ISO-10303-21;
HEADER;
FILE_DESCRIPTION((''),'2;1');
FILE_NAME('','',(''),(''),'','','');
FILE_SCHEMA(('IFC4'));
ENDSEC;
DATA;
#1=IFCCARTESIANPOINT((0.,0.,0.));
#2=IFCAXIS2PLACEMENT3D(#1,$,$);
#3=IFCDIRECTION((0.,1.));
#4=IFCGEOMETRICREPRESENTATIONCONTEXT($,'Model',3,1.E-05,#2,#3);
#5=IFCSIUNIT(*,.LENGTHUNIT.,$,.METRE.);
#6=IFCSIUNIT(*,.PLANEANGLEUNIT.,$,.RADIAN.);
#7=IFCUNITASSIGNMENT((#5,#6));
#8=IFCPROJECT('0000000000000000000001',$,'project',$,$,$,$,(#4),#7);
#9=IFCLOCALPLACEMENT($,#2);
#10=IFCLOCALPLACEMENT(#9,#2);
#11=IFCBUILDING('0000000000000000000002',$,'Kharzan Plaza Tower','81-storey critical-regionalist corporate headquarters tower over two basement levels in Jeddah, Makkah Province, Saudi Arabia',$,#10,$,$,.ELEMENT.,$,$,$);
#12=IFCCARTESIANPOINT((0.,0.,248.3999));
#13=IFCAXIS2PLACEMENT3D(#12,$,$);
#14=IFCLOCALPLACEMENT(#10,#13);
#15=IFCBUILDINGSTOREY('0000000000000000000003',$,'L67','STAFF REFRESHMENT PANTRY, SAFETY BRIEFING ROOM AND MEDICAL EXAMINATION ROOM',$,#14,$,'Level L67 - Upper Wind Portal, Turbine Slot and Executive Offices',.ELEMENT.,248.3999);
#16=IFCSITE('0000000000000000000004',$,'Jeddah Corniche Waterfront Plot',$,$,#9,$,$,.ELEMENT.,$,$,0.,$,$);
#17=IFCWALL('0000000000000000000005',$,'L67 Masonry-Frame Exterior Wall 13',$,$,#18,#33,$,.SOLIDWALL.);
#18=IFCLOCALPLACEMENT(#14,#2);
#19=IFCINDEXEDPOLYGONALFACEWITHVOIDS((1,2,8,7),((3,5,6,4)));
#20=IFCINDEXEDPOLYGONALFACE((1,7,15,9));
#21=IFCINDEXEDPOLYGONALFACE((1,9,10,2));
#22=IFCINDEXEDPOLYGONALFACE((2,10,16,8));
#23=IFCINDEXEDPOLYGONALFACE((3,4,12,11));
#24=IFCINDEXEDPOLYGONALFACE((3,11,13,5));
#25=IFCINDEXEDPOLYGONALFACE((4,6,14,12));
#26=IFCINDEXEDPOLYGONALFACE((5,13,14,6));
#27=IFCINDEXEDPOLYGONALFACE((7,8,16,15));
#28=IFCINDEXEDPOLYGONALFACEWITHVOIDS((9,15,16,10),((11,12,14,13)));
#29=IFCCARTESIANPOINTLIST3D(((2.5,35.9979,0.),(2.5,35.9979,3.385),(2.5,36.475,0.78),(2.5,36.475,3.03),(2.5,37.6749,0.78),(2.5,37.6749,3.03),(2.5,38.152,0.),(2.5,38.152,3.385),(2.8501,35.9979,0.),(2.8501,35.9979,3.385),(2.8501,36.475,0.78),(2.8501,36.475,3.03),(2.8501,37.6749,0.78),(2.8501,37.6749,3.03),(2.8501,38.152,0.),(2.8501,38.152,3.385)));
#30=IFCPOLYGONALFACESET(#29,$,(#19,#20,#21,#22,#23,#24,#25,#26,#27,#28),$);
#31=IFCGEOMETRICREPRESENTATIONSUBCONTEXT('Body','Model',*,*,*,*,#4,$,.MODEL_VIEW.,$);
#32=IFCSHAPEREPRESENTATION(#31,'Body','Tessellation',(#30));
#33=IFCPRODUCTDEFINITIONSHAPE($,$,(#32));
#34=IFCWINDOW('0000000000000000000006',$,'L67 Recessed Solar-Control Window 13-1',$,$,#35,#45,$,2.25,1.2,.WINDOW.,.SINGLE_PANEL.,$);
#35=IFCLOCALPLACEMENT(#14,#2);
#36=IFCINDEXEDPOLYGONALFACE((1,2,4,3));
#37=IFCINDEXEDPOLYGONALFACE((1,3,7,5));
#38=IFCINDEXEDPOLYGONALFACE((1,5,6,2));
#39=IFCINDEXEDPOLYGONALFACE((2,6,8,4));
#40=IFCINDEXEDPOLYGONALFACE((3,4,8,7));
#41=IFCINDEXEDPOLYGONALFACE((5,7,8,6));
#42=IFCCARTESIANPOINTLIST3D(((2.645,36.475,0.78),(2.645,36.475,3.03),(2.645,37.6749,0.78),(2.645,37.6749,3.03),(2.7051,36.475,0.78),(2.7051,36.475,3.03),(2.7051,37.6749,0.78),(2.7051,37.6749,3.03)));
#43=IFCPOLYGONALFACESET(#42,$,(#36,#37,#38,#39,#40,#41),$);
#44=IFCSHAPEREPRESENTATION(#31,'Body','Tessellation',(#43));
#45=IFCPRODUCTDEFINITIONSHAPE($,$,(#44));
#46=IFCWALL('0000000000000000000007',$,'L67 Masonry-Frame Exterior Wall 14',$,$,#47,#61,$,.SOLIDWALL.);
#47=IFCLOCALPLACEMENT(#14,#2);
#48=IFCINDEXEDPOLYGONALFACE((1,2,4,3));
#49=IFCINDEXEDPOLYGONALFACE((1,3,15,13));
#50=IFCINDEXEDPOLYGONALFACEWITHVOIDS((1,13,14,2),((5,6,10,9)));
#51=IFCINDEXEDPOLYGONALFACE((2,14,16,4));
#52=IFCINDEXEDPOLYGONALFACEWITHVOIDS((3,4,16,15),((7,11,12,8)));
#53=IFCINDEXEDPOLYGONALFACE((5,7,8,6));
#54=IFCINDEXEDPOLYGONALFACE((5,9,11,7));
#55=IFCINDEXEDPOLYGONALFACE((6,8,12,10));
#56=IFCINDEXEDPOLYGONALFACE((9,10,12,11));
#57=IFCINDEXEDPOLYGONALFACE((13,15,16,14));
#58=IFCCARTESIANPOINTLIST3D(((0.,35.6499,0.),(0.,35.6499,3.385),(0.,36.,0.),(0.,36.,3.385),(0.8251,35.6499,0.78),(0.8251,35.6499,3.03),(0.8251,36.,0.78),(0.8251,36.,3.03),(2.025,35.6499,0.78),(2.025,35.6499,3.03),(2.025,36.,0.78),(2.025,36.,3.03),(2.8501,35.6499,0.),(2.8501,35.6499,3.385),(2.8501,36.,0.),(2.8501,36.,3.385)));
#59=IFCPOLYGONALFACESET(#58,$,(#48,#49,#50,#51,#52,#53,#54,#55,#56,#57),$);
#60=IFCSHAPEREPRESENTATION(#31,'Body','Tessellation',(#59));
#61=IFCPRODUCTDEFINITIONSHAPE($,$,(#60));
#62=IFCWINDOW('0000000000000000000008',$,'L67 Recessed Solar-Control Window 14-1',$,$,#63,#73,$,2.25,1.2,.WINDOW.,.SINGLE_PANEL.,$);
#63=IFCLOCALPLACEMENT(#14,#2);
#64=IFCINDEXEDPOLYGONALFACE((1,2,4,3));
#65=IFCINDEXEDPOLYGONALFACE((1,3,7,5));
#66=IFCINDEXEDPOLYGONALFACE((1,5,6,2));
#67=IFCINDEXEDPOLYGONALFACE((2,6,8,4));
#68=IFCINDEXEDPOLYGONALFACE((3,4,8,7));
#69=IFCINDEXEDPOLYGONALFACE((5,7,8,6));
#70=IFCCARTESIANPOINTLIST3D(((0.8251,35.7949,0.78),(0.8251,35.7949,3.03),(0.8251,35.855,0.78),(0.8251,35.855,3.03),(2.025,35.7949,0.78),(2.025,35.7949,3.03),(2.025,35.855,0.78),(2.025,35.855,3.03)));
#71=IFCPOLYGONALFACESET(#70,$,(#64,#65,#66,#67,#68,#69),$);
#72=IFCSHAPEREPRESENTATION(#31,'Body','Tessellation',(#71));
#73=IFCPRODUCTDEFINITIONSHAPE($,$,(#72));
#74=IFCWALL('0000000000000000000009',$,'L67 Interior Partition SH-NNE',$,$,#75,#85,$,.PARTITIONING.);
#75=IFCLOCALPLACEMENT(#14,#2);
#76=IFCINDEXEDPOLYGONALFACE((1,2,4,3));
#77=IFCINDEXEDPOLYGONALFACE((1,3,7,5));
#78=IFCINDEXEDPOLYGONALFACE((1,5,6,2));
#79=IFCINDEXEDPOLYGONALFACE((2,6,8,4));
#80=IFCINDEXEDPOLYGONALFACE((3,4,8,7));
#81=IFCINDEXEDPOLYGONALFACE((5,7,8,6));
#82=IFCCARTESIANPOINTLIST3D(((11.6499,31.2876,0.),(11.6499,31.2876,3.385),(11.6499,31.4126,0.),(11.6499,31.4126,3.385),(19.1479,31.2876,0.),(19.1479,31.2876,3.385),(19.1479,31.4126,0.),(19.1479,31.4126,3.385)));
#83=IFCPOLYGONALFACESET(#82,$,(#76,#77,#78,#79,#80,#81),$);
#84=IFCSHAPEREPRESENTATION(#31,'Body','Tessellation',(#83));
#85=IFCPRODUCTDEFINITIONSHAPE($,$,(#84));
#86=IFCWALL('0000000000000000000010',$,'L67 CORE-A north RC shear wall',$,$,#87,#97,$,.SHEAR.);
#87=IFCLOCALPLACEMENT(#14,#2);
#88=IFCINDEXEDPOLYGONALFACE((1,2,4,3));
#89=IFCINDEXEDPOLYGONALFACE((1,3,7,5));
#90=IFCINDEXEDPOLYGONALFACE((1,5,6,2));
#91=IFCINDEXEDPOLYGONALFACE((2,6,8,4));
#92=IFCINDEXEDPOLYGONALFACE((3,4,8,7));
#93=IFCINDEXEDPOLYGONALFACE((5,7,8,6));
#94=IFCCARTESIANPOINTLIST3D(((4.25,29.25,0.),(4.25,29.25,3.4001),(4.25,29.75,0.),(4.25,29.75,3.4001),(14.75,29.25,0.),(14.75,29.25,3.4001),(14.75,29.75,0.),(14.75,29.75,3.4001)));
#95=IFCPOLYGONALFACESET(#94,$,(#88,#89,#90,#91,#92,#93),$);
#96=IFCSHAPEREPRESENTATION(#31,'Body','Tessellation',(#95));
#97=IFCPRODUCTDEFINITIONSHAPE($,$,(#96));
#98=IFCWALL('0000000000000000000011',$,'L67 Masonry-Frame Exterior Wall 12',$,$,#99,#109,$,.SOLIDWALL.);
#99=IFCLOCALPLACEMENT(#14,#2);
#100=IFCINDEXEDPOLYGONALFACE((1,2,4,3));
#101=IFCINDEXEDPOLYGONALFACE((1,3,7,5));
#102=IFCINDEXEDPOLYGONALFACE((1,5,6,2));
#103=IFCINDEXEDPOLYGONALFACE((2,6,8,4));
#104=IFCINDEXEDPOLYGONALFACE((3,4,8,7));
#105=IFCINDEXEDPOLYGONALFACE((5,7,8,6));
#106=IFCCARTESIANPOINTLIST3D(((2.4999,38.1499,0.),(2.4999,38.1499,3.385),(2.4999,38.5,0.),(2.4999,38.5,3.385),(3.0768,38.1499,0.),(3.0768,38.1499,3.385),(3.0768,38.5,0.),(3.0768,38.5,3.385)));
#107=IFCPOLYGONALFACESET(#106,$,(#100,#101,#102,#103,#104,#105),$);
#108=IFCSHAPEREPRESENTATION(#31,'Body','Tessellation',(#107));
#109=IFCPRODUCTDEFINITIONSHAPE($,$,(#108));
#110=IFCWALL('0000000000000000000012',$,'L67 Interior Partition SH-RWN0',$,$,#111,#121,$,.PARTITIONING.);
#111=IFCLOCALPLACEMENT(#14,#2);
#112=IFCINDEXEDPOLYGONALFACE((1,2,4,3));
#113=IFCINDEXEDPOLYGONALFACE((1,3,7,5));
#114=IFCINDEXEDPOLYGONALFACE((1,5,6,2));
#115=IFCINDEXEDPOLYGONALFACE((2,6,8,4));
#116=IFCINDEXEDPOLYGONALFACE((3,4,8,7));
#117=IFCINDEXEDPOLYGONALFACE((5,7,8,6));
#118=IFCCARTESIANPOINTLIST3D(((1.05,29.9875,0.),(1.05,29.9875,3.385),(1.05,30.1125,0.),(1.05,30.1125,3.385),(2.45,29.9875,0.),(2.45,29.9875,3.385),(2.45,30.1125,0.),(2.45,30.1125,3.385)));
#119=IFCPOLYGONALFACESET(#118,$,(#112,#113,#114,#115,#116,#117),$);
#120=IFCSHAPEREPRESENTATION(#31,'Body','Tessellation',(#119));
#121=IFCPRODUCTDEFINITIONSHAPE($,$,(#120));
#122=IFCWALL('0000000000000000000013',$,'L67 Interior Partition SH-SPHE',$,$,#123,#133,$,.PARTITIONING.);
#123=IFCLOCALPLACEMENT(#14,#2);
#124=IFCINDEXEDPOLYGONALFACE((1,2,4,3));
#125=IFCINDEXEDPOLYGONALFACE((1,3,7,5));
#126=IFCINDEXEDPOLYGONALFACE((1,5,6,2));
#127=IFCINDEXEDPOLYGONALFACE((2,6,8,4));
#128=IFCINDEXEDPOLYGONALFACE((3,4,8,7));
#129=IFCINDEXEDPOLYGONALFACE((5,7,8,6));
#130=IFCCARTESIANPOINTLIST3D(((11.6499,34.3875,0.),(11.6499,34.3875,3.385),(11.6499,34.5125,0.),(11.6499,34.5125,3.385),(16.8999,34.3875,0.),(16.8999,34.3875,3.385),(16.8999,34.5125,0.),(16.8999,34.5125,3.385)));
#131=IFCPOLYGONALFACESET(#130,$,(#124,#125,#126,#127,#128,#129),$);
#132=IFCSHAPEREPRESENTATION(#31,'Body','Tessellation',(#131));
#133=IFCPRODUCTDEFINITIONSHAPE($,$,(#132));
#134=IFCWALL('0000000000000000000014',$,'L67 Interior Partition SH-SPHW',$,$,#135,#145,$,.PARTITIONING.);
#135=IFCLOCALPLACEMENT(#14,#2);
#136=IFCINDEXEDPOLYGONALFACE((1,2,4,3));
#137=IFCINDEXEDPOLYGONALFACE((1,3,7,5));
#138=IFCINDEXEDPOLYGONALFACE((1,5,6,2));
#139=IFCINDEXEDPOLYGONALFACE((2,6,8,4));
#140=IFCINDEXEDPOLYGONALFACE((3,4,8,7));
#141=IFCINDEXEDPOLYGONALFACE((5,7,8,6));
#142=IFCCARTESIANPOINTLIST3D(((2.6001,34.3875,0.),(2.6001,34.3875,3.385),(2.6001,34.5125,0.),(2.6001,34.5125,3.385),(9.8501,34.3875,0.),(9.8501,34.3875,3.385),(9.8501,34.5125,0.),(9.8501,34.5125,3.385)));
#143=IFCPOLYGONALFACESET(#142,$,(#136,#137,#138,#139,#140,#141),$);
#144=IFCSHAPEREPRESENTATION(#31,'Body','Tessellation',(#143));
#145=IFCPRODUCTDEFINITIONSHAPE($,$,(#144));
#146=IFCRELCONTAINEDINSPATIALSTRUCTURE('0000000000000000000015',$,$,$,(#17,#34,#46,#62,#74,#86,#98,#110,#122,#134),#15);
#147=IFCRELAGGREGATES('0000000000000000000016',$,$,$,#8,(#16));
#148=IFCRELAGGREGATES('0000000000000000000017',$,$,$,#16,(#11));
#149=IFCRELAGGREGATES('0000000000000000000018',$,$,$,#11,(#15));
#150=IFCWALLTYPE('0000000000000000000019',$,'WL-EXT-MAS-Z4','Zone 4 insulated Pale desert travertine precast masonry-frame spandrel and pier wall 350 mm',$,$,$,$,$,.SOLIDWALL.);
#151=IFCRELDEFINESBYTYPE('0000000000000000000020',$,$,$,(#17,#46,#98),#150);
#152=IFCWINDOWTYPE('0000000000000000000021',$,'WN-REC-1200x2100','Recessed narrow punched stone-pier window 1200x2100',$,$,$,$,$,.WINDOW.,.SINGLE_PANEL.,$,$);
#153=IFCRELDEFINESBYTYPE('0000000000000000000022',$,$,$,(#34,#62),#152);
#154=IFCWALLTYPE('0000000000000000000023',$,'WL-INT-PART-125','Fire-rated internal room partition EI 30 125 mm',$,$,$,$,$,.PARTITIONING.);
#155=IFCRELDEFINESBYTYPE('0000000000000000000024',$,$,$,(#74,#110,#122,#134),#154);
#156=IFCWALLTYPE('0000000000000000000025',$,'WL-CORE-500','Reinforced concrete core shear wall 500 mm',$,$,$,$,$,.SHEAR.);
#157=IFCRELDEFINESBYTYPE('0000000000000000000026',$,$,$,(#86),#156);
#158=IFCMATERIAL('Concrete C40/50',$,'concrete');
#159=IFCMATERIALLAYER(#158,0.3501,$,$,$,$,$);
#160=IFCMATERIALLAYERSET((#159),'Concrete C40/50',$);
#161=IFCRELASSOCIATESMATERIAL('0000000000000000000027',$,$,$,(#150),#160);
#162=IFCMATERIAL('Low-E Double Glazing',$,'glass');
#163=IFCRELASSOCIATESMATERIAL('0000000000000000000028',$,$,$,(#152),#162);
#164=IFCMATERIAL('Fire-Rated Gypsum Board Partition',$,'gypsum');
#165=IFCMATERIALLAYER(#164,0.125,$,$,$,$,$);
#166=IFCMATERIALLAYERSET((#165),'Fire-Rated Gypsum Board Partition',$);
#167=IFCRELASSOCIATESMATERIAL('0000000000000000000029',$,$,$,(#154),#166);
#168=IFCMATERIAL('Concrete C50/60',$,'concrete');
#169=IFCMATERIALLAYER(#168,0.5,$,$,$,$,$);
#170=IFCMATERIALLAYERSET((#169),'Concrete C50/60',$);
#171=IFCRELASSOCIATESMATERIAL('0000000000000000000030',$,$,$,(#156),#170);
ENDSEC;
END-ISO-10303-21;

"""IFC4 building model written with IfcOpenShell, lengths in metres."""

from ifc_helpers import new_model, si_unit, direction, frame, frame_2d, origin, place, context, subcontext, project, spatial, rectangle, extrude, source, transform, mapped, material, layer, layer_set, type_object, element, fill, save


model = new_model("IFC4")

# Units and contexts
model_context = context("Model", 3, precision=1e-05, world=origin(), true_north=direction((0.0, 1.0)))
body_context = subcontext(model_context, "Body", "Model", "MODEL_VIEW")
ifc_project = project(units=[si_unit("LENGTHUNIT", "METRE"), si_unit("PLANEANGLEUNIT", "RADIAN")], contexts=[model_context])

# Site, building, storey
site_placement = place(None, origin())
site = spatial("IfcSite", under=ifc_project, at=site_placement, Name="Jeddah Corniche Waterfront Plot", CompositionType="ELEMENT", RefElevation=0.0)
building_placement = place(site_placement, origin())
building = spatial("IfcBuilding", under=site, at=building_placement, Name="Kharzan Plaza Tower", Description="81-storey critical-regionalist corporate headquarters tower over two basement levels in Jeddah, Makkah Province, Saudi Arabia", CompositionType="ELEMENT")
storey_placement = place(building_placement, frame((0.0, 0.0, 248.3999)))
storey = spatial("IfcBuildingStorey", under=building, at=storey_placement, Name="L67", Description="STAFF REFRESHMENT PANTRY, SAFETY BRIEFING ROOM AND MEDICAL EXAMINATION ROOM", LongName="Level L67 - Upper Wind Portal, Turbine Slot and Executive Offices", CompositionType="ELEMENT", Elevation=248.3999)

# Shared definitions
ifc_material_1 = material(Name="Concrete C50/60", Category="concrete")

# Walls, openings, windows
ifc_material_2 = material(Name="Concrete C40/50", Category="concrete")
ifc_layer_1 = layer(ifc_material_2, 0.3501)
ifc_layer_set_1 = layer_set([ifc_layer_1], Name="Concrete C40/50")
wall_type_1 = type_object("IfcWallType", Name="WL-EXT-MAS-Z4", Description="Zone 4 insulated Pale desert travertine precast masonry-frame spandrel and pier wall 350 mm", PredefinedType="SOLIDWALL", material=ifc_layer_set_1)
ifc_material_3 = material(Name="Low-E Double Glazing", Category="glass")
wall_1_placement = place(storey_placement, frame((2.675, 38.1521, 0.0), z_axis=(0.0, 0.0, 1.0), x_axis=(0.0, -1.0, 0.0)))
wall_1 = element("IfcWall", 1, at=wall_1_placement, inside=storey, type_object=wall_type_1, Name="L67 Masonry-Frame Exterior Wall 13", PredefinedType="SOLIDWALL", context=body_context, shape_type="SweptSolid", body=[
    extrude(rectangle(XDim=2.1541, YDim=0.3501, at=frame_2d((1.0771, 0.0))), origin(), (0.0, 0.0, 1.0), 3.385),
])
opening_1_placement = place(wall_1_placement, frame((0.4771, 0.0, 0.78)))
opening_1 = element("IfcOpeningElement", 2, at=opening_1_placement, cuts=wall_1, PredefinedType="OPENING", context=body_context, shape_type="SweptSolid", body=[
    extrude(rectangle(XDim=1.2, YDim=2.25, at=frame_2d((0.6001, 1.125))), frame((0.0, 0.1851, 0.0), z_axis=(0.0, -1.0, 0.0), x_axis=(1.0, 0.0, 0.0)), (0.0, 0.0, 1.0), 0.3701),
])
window_type_1 = type_object("IfcWindowType", Name="WN-REC-1200x2100", Description="Recessed narrow punched stone-pier window 1200x2100", PartitioningType="SINGLE_PANEL", PredefinedType="WINDOW", material=ifc_material_3)
shared_shape_1 = source(origin(), body_context, "Body", "SweptSolid", [
    extrude(rectangle(XDim=1.2, YDim=2.25, at=frame_2d((0.6001, 1.125))), frame((0.0, 0.03, 0.0), z_axis=(0.0, -1.0, 0.0), x_axis=(1.0, 0.0, 0.0)), (0.0, 0.0, 1.0), 0.0601),
])
window_1_placement = place(opening_1_placement, origin())
window_1 = element("IfcWindow", 3, at=window_1_placement, inside=storey, type_object=window_type_1, Name="L67 Recessed Solar-Control Window 13-1", OverallHeight=2.25, OverallWidth=1.2, PartitioningType="SINGLE_PANEL", PredefinedType="WINDOW", context=body_context, shape_type="MappedRepresentation", body=[
    mapped(shared_shape_1, transform((0.0, 0.0, 0.0), x_axis=(1.0, 0.0, 0.0), y_axis=(0.0, 1.0, 0.0), z_axis=(0.0, 0.0, 1.0))),
])
fill(opening_1, window_1)
wall_2_placement = place(storey_placement, frame((2.8501, 35.825, 0.0), z_axis=(0.0, 0.0, 1.0), x_axis=(-1.0, 0.0, 0.0)))
wall_2 = element("IfcWall", 4, at=wall_2_placement, inside=storey, type_object=wall_type_1, Name="L67 Masonry-Frame Exterior Wall 14", PredefinedType="SOLIDWALL", context=body_context, shape_type="SweptSolid", body=[
    extrude(rectangle(XDim=2.8501, YDim=0.3501, at=frame_2d((1.425, 0.0))), origin(), (0.0, 0.0, 1.0), 3.385),
])
opening_2_placement = place(wall_2_placement, frame((0.825, 0.0, 0.78)))
opening_2 = element("IfcOpeningElement", 5, at=opening_2_placement, cuts=wall_2, PredefinedType="OPENING", context=body_context, shape_type="SweptSolid", body=[
    extrude(rectangle(XDim=1.2, YDim=2.25, at=frame_2d((0.6001, 1.125))), frame((0.0, 0.1851, 0.0), z_axis=(0.0, -1.0, 0.0), x_axis=(1.0, 0.0, 0.0)), (0.0, 0.0, 1.0), 0.3701),
])
window_2_placement = place(opening_2_placement, origin())
window_2 = element("IfcWindow", 6, at=window_2_placement, inside=storey, type_object=window_type_1, Name="L67 Recessed Solar-Control Window 14-1", OverallHeight=2.25, OverallWidth=1.2, PartitioningType="SINGLE_PANEL", PredefinedType="WINDOW", context=body_context, shape_type="MappedRepresentation", body=[
    mapped(shared_shape_1, transform((0.0, 0.0, 0.0), x_axis=(1.0, 0.0, 0.0), y_axis=(0.0, 1.0, 0.0), z_axis=(0.0, 0.0, 1.0))),
])
fill(opening_2, window_2)

# Shared definitions
ifc_material_4 = material(Name="Fire-Rated Gypsum Board Partition", Category="gypsum")
ifc_layer_2 = layer(ifc_material_4, 0.125)
ifc_layer_set_2 = layer_set([ifc_layer_2], Name="Fire-Rated Gypsum Board Partition")
wall_type_2 = type_object("IfcWallType", Name="WL-INT-PART-125", Description="Fire-rated internal room partition EI 30 125 mm", PredefinedType="PARTITIONING", material=ifc_layer_set_2)

# Walls
shared_shape_2 = source(origin(), body_context, "Body", "SweptSolid", [
    extrude(rectangle(XDim=7.498, YDim=0.125, at=frame_2d((3.749, 0.0))), origin(), (0.0, 0.0, 1.0), 3.385),
])
wall_3_placement = place(storey_placement, frame((11.6499, 31.3501, 0.0), z_axis=(0.0, 0.0, 1.0), x_axis=(1.0, 0.0, 0.0)))
element("IfcWall", 7, at=wall_3_placement, inside=storey, type_object=wall_type_2, Name="L67 Interior Partition SH-NNE", PredefinedType="PARTITIONING", context=body_context, shape_type="MappedRepresentation", body=[
    mapped(shared_shape_2, transform((0.0, 0.0, 0.0), x_axis=(1.0, 0.0, 0.0), y_axis=(0.0, 1.0, 0.0), z_axis=(0.0, 0.0, 1.0))),
])
ifc_layer_3 = layer(ifc_material_1, 0.5)
ifc_layer_set_3 = layer_set([ifc_layer_3], Name="Concrete C50/60")
wall_type_3 = type_object("IfcWallType", Name="WL-CORE-500", Description="Reinforced concrete core shear wall 500 mm", PredefinedType="SHEAR", material=ifc_layer_set_3)
shared_shape_3 = source(origin(), body_context, "Body", "SweptSolid", [
    extrude(rectangle(XDim=10.5, YDim=0.5, at=frame_2d((5.25, 0.0))), origin(), (0.0, 0.0, 1.0), 3.4001),
])
wall_4_placement = place(storey_placement, frame((4.25, 29.5, 0.0), z_axis=(0.0, 0.0, 1.0), x_axis=(1.0, 0.0, 0.0)))
element("IfcWall", 8, at=wall_4_placement, inside=storey, type_object=wall_type_3, Name="L67 CORE-A north RC shear wall", PredefinedType="SHEAR", context=body_context, shape_type="MappedRepresentation", body=[
    mapped(shared_shape_3, transform((0.0, 0.0, 0.0), x_axis=(1.0, 0.0, 0.0), y_axis=(0.0, 1.0, 0.0), z_axis=(0.0, 0.0, 1.0))),
])
shared_shape_4 = source(origin(), body_context, "Body", "SweptSolid", [
    extrude(rectangle(XDim=0.5769, YDim=0.3501, at=frame_2d((0.2886, 0.0))), origin(), (0.0, 0.0, 1.0), 3.385),
])
wall_5_placement = place(storey_placement, frame((3.0769, 38.325, 0.0), z_axis=(0.0, 0.0, 1.0), x_axis=(-1.0, 0.0, 0.0)))
element("IfcWall", 9, at=wall_5_placement, inside=storey, type_object=wall_type_1, Name="L67 Masonry-Frame Exterior Wall 12", PredefinedType="SOLIDWALL", context=body_context, shape_type="MappedRepresentation", body=[
    mapped(shared_shape_4, transform((0.0, 0.0, 0.0), x_axis=(1.0, 0.0, 0.0), y_axis=(0.0, 1.0, 0.0), z_axis=(0.0, 0.0, 1.0))),
])
shared_shape_5 = source(origin(), body_context, "Body", "SweptSolid", [
    extrude(rectangle(XDim=1.3999, YDim=0.125, at=frame_2d((0.7, 0.0))), origin(), (0.0, 0.0, 1.0), 3.385),
])
wall_6_placement = place(storey_placement, frame((1.05, 30.05, 0.0), z_axis=(0.0, 0.0, 1.0), x_axis=(1.0, 0.0, 0.0)))
element("IfcWall", 10, at=wall_6_placement, inside=storey, type_object=wall_type_2, Name="L67 Interior Partition SH-RWN0", PredefinedType="PARTITIONING", context=body_context, shape_type="MappedRepresentation", body=[
    mapped(shared_shape_5, transform((0.0, 0.0, 0.0), x_axis=(1.0, 0.0, 0.0), y_axis=(0.0, 1.0, 0.0), z_axis=(0.0, 0.0, 1.0))),
])
shared_shape_6 = source(origin(), body_context, "Body", "SweptSolid", [
    extrude(rectangle(XDim=5.25, YDim=0.125, at=frame_2d((2.625, 0.0))), origin(), (0.0, 0.0, 1.0), 3.385),
])
wall_7_placement = place(storey_placement, frame((11.6499, 34.45, 0.0), z_axis=(0.0, 0.0, 1.0), x_axis=(1.0, 0.0, 0.0)))
element("IfcWall", 11, at=wall_7_placement, inside=storey, type_object=wall_type_2, Name="L67 Interior Partition SH-SPHE", PredefinedType="PARTITIONING", context=body_context, shape_type="MappedRepresentation", body=[
    mapped(shared_shape_6, transform((0.0, 0.0, 0.0), x_axis=(1.0, 0.0, 0.0), y_axis=(0.0, 1.0, 0.0), z_axis=(0.0, 0.0, 1.0))),
])
shared_shape_7 = source(origin(), body_context, "Body", "SweptSolid", [
    extrude(rectangle(XDim=7.25, YDim=0.125, at=frame_2d((3.625, 0.0))), origin(), (0.0, 0.0, 1.0), 3.385),
])
wall_8_placement = place(storey_placement, frame((2.6001, 34.45, 0.0), z_axis=(0.0, 0.0, 1.0), x_axis=(1.0, 0.0, 0.0)))
element("IfcWall", 12, at=wall_8_placement, inside=storey, type_object=wall_type_2, Name="L67 Interior Partition SH-SPHW", PredefinedType="PARTITIONING", context=body_context, shape_type="MappedRepresentation", body=[
    mapped(shared_shape_7, transform((0.0, 0.0, 0.0), x_axis=(1.0, 0.0, 0.0), y_axis=(0.0, 1.0, 0.0), z_axis=(0.0, 0.0, 1.0))),
])

save(model, "model.ifc")
